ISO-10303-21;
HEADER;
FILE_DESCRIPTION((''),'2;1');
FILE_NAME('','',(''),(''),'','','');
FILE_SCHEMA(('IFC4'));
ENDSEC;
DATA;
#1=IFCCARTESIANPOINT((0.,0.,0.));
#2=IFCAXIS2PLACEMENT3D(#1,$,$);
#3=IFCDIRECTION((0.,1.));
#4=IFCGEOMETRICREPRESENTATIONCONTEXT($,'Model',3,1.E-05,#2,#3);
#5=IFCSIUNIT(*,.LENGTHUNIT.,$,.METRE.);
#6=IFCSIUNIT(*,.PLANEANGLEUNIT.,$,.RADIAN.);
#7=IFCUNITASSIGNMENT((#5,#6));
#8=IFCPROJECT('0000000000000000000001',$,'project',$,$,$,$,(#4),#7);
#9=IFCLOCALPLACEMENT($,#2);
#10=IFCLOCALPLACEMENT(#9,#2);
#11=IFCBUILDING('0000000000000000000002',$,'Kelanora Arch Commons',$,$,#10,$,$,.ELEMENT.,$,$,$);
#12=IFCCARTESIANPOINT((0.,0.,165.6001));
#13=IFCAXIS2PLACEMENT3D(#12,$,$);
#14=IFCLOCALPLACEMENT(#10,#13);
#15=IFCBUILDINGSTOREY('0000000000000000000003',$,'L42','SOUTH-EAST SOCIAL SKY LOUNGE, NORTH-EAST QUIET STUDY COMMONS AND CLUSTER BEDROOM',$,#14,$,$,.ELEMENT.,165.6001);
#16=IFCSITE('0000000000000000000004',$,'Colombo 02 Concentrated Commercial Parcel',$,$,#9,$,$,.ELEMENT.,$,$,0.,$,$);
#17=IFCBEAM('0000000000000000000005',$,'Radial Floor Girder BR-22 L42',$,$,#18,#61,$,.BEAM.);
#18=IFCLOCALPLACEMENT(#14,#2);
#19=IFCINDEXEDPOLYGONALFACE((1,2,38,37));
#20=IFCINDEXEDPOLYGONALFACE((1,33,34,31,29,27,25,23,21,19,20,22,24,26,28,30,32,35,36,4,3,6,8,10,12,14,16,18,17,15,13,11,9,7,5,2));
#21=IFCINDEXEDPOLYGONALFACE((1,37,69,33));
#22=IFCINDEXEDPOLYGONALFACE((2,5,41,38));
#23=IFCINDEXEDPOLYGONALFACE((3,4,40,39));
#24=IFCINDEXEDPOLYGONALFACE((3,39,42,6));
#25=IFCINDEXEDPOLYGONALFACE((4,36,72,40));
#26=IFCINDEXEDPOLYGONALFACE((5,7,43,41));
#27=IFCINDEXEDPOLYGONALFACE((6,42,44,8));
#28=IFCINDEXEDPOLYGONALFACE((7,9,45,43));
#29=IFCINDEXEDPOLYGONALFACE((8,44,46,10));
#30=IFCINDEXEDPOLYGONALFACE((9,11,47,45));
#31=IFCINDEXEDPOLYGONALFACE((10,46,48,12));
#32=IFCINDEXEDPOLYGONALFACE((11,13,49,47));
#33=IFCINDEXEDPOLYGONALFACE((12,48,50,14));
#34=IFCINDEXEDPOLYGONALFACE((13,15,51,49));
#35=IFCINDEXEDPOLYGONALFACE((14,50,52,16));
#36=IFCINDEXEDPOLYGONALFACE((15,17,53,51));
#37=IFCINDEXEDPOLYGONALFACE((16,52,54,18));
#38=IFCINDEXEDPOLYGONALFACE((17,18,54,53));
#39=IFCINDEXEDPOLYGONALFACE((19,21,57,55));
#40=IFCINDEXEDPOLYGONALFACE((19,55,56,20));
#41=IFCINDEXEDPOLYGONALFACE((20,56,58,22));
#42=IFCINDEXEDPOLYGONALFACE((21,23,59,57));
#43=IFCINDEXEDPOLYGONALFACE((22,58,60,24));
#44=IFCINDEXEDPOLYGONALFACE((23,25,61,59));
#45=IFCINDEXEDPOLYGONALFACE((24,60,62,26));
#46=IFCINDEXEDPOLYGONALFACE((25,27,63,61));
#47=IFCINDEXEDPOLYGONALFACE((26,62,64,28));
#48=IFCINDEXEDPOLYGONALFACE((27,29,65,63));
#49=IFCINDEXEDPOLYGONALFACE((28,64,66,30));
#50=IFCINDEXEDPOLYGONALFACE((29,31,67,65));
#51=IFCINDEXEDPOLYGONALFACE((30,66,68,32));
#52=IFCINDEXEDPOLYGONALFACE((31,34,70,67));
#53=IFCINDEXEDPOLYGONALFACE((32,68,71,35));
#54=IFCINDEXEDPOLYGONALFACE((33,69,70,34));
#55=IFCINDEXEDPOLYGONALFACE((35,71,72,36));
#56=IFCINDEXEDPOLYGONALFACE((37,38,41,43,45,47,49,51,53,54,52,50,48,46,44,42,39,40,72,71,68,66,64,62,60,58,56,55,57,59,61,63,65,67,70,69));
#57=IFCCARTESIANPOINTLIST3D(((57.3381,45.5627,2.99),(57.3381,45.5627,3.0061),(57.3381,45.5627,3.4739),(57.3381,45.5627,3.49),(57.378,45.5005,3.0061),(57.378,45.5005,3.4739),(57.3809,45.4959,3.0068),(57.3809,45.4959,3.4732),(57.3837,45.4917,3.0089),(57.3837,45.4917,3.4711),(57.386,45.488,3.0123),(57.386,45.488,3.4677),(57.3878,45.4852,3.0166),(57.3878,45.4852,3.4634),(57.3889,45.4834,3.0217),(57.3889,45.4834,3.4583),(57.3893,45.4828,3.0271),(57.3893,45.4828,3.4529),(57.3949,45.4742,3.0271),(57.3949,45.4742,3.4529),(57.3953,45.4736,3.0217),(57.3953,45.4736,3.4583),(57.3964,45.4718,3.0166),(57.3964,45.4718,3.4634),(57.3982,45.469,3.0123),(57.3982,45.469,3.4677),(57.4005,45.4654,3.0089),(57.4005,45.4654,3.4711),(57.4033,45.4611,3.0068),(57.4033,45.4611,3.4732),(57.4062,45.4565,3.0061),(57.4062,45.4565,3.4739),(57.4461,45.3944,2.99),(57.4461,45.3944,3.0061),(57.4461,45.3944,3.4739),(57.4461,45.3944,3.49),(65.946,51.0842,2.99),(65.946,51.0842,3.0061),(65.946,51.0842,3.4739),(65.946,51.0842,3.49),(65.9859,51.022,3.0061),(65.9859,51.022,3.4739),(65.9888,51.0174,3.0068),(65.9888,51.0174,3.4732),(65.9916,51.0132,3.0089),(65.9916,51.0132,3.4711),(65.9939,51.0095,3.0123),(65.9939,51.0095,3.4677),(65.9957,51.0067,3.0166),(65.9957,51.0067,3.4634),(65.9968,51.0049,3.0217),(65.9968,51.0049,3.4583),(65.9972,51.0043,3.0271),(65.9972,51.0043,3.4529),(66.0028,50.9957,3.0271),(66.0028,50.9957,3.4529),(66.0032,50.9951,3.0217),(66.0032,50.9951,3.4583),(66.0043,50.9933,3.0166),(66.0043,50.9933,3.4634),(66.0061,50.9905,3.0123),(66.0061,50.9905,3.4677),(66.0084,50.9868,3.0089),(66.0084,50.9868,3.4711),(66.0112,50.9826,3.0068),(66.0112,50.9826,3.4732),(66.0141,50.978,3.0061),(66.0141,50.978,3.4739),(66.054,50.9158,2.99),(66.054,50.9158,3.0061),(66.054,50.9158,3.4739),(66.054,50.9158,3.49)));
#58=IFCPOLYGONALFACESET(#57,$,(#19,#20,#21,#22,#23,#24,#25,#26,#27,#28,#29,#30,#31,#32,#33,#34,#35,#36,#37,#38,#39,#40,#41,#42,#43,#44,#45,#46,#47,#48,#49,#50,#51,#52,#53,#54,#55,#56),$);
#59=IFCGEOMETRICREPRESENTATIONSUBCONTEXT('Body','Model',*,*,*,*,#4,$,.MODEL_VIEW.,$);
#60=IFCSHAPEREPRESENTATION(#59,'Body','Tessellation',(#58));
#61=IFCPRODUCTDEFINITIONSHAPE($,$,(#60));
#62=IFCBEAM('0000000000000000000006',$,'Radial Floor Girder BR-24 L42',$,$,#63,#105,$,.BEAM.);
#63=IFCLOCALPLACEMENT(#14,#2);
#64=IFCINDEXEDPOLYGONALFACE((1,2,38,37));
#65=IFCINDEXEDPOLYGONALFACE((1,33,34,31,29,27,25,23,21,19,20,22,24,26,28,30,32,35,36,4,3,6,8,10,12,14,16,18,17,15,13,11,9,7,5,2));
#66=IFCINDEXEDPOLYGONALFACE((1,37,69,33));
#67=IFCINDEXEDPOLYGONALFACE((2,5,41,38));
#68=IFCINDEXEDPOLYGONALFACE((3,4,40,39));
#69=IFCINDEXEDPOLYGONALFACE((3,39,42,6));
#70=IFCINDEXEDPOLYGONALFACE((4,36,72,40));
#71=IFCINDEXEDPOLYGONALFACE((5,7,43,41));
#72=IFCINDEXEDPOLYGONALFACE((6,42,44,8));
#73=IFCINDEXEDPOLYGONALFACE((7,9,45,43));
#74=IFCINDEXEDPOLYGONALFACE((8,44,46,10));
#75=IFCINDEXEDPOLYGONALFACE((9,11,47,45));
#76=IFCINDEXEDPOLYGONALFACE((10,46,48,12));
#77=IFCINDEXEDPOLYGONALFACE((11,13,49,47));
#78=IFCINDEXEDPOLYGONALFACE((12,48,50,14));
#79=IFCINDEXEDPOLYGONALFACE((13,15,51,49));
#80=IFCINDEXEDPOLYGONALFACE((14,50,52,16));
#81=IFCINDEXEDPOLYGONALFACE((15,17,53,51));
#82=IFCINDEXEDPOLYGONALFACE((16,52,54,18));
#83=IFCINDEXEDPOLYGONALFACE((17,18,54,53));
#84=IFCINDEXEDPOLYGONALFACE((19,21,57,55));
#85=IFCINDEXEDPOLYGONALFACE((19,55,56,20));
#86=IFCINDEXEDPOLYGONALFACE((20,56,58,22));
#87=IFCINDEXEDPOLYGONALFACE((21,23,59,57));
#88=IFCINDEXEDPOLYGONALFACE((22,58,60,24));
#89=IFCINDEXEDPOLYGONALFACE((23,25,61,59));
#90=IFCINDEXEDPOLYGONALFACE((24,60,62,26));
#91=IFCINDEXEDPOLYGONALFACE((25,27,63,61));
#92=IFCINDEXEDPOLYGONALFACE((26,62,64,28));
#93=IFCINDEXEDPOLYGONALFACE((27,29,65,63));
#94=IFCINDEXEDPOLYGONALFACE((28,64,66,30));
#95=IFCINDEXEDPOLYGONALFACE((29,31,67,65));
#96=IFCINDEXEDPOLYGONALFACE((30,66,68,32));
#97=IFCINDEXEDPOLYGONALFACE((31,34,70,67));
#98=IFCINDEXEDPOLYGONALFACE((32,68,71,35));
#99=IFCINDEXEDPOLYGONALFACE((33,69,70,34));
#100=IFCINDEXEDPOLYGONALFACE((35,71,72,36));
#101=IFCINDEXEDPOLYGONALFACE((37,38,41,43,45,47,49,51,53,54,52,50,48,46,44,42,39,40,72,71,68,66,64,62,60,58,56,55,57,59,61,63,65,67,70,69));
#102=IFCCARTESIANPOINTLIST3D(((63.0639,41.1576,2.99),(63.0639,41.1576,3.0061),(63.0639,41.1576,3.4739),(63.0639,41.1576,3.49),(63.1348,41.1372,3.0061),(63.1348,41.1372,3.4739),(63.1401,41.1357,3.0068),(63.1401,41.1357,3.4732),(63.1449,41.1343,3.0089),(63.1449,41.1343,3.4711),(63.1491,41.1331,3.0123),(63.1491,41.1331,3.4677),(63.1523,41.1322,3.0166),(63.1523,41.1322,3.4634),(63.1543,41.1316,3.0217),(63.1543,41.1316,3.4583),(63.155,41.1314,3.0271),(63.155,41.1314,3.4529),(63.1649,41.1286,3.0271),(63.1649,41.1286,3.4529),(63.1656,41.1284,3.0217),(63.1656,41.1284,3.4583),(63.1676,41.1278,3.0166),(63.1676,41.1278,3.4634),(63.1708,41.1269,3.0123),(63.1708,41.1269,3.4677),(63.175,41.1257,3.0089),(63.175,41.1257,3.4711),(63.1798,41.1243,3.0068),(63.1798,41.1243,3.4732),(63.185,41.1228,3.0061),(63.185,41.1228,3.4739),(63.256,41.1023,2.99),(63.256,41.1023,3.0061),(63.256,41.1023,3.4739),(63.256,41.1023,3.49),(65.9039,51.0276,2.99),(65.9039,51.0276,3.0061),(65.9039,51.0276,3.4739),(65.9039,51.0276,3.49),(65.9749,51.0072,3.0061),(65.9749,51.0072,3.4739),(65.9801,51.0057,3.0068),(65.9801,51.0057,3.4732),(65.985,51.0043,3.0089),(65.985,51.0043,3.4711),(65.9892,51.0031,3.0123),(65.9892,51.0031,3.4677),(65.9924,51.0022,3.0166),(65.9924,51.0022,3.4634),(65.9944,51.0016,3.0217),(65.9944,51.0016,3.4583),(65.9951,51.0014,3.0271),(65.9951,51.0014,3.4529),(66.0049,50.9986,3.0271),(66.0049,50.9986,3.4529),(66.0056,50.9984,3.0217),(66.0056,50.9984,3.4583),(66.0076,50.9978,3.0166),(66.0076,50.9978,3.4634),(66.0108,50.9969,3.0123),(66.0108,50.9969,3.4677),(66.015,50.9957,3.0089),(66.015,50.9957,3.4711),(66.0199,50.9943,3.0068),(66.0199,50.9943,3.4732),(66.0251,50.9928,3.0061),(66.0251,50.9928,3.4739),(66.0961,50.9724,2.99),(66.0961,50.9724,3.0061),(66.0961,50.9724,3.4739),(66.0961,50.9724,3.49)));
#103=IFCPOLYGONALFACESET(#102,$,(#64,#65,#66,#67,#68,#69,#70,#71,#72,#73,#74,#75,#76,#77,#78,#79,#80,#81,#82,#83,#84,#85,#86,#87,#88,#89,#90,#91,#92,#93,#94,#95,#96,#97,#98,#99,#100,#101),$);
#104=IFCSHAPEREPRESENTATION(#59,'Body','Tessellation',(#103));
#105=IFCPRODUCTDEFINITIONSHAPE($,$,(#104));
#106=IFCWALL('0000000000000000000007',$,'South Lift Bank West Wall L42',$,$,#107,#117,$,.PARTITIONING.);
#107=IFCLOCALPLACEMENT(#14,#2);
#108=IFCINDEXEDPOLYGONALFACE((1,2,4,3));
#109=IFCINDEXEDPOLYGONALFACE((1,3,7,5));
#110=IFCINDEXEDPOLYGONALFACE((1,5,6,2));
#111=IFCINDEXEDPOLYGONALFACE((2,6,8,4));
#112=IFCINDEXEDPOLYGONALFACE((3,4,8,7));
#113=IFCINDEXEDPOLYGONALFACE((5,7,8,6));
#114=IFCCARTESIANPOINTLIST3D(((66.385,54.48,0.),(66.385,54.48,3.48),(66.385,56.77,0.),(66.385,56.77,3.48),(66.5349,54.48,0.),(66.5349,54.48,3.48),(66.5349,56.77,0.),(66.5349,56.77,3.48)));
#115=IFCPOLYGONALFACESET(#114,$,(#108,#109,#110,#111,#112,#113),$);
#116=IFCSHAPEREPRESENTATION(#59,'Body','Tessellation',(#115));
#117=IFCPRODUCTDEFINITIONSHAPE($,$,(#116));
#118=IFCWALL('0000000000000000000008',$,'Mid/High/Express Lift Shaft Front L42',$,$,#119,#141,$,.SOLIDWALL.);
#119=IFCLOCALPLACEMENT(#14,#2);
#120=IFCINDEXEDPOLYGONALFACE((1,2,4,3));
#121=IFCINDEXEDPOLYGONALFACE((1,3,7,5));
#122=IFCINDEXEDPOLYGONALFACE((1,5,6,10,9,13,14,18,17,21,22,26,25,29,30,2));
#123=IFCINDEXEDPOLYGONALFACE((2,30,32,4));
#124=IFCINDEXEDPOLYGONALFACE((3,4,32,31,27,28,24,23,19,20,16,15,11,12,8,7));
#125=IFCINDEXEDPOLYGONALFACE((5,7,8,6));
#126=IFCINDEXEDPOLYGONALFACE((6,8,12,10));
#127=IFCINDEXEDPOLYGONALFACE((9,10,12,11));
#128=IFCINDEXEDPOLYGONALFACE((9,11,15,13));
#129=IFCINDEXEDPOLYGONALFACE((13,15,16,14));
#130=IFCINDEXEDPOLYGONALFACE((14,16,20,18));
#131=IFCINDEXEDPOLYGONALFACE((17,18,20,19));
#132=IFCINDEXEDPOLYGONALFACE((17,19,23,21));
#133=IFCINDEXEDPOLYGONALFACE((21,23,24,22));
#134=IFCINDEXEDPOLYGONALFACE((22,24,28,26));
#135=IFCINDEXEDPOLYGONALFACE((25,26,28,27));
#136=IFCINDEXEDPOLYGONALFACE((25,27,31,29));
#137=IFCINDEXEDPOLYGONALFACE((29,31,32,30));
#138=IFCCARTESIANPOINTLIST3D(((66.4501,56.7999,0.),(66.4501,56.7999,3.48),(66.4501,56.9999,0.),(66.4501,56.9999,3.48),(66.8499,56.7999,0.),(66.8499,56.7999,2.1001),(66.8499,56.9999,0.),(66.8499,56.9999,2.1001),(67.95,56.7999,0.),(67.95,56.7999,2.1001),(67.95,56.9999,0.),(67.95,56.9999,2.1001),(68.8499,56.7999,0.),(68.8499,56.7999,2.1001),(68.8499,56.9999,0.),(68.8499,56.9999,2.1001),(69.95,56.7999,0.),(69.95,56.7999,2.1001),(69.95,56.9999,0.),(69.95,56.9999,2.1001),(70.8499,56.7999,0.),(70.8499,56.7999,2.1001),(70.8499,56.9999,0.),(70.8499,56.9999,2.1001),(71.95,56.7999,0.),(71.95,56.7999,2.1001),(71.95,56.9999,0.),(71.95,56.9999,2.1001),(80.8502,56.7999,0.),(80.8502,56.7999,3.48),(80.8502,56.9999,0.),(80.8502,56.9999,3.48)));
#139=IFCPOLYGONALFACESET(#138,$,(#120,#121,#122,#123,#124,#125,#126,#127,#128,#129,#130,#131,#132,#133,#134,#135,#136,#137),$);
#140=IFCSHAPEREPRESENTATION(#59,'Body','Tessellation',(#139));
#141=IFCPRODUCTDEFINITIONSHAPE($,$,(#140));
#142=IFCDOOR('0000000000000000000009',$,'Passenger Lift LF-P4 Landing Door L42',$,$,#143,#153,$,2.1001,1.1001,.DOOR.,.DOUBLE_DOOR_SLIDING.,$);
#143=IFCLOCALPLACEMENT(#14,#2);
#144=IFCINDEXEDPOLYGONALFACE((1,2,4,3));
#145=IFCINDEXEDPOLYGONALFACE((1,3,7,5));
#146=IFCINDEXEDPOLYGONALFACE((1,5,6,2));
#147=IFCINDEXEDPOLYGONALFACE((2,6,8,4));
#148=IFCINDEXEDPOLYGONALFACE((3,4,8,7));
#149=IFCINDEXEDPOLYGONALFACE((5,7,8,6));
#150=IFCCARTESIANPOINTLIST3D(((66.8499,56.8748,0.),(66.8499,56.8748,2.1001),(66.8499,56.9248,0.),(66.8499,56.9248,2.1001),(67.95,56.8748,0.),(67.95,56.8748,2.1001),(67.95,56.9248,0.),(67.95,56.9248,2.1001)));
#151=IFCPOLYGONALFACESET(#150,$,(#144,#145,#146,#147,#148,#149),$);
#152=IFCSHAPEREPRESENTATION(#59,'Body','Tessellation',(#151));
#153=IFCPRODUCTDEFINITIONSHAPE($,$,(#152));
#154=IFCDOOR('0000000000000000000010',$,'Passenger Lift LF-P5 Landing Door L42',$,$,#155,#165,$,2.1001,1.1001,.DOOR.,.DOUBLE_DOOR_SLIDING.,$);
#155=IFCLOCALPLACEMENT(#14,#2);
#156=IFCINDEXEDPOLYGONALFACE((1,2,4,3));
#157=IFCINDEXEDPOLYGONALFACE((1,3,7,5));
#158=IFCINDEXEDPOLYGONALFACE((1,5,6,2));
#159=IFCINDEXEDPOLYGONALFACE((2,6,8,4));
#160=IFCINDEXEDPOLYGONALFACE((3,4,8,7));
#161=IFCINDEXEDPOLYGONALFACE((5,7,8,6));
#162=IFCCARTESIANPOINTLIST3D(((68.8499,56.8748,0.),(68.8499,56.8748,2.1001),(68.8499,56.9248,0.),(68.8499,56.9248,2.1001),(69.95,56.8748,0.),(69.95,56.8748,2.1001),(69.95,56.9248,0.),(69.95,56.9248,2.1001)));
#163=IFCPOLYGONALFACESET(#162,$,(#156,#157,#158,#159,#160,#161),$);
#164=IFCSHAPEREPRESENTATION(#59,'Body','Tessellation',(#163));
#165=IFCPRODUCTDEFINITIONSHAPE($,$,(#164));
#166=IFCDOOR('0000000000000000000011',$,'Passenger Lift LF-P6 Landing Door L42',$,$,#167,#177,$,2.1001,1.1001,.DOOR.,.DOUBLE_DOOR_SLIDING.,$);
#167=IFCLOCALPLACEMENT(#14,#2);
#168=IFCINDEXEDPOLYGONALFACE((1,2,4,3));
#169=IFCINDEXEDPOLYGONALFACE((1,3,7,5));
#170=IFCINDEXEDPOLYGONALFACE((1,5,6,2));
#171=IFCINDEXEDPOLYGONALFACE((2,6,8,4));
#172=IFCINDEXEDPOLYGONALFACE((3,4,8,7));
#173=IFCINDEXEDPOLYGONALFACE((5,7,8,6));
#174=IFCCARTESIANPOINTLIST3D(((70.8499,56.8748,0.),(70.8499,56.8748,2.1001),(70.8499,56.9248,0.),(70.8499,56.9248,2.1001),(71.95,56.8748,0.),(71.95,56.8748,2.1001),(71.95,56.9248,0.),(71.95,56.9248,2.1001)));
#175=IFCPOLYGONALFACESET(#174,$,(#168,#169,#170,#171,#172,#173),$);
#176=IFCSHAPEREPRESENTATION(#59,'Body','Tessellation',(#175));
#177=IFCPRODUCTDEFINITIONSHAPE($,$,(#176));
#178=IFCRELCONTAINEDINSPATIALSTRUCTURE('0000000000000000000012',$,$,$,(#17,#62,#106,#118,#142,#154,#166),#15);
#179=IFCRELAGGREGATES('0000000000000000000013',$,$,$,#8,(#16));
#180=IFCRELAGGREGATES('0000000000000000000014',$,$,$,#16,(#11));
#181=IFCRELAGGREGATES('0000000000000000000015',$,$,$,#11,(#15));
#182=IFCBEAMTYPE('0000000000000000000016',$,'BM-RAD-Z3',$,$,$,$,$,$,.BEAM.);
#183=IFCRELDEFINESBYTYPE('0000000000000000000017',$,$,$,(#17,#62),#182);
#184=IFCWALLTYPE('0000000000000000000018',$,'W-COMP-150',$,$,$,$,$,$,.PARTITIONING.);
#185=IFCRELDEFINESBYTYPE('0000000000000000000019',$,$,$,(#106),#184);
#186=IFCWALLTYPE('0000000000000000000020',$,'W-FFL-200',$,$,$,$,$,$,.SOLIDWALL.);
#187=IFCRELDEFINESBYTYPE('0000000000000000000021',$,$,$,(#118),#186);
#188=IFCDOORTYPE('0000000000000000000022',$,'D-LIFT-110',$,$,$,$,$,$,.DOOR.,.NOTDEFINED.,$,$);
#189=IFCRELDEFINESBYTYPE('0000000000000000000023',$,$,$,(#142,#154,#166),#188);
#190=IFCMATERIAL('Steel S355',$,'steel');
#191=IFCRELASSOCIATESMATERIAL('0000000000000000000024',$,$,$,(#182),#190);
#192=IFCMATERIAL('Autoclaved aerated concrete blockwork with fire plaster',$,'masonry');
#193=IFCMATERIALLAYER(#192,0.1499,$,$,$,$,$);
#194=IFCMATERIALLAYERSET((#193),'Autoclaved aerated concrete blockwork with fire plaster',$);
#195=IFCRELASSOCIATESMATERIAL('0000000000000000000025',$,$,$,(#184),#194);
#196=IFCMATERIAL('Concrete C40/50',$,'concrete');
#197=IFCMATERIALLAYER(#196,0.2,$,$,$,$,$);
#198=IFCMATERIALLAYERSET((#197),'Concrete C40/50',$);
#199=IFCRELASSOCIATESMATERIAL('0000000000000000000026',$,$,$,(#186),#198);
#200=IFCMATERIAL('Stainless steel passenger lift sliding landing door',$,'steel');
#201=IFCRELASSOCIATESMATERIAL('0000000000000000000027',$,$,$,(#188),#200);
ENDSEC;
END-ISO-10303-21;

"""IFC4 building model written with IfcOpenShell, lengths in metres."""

from ifc_helpers import new_model, si_unit, direction, frame, frame_2d, origin, origin_2d, place, context, subcontext, project, spatial, rectangle, i_section, extrude, material, layer, layer_set, material_profile, profile_set, type_object, element, fill, save


model = new_model("IFC4")

# Units and contexts
model_context = context("Model", 3, precision=1e-05, world=origin(), true_north=direction((0.0, 1.0)))
body_context = subcontext(model_context, "Body", "Model", "MODEL_VIEW")
ifc_project = project(units=[si_unit("LENGTHUNIT", "METRE"), si_unit("PLANEANGLEUNIT", "RADIAN")], contexts=[model_context])

# Site, building, storey
site_placement = place(None, origin())
site = spatial("IfcSite", under=ifc_project, at=site_placement, Name="Colombo 02 Concentrated Commercial Parcel", CompositionType="ELEMENT", RefElevation=0.0)
building_placement = place(site_placement, origin())
building = spatial("IfcBuilding", under=site, at=building_placement, Name="Kelanora Arch Commons", CompositionType="ELEMENT")
storey_placement = place(building_placement, frame((0.0, 0.0, 165.6001)))
storey = spatial("IfcBuildingStorey", under=building, at=storey_placement, Name="L42", Description="SOUTH-EAST SOCIAL SKY LOUNGE, NORTH-EAST QUIET STUDY COMMONS AND CLUSTER BEDROOM", CompositionType="ELEMENT", Elevation=165.6001)

# Beams
ifc_material_1 = material(Name="Steel S355", Category="steel")
ifc_material_profile_1 = material_profile(ifc_material_1, i_section(OverallWidth=0.2, OverallDepth=0.5, WebThickness=0.0103, FlangeThickness=0.0161, FilletRadius=0.021, at=origin_2d()), Name="IPE500")
ifc_profile_set_1 = profile_set([ifc_material_profile_1], Name="Steel S355")
beam_type_1 = type_object("IfcBeamType", Name="BM-RAD-Z3", PredefinedType="BEAM", material=ifc_profile_set_1)
beam_1_placement = place(storey_placement, frame((66.0, 51.0, 3.24), z_axis=(-0.841719, -0.539915, 0.0), x_axis=(0.539915, -0.841719, 0.0)))
element("IfcBeam", 1, at=beam_1_placement, inside=storey, type_object=beam_type_1, Name="Radial Floor Girder BR-22 L42", PredefinedType="BEAM", context=body_context, shape_type="SweptSolid", body=[
    extrude(i_section(OverallWidth=0.2, OverallDepth=0.5, WebThickness=0.0103, FlangeThickness=0.0161, FilletRadius=0.021, at=origin_2d()), origin(), (0.0, 0.0, 1.0), 10.2266),
])
beam_2_placement = place(storey_placement, frame((66.0, 51.0, 3.24), z_axis=(-0.276526, -0.961006, 0.0), x_axis=(0.961006, -0.276526, 0.0)))
element("IfcBeam", 2, at=beam_2_placement, inside=storey, type_object=beam_type_1, Name="Radial Floor Girder BR-24 L42", PredefinedType="BEAM", context=body_context, shape_type="SweptSolid", body=[
    extrude(i_section(OverallWidth=0.2, OverallDepth=0.5, WebThickness=0.0103, FlangeThickness=0.0161, FilletRadius=0.021, at=origin_2d()), origin(), (0.0, 0.0, 1.0), 10.2705),
])

# Wall
ifc_material_2 = material(Name="Autoclaved aerated concrete blockwork with fire plaster", Category="masonry")
ifc_layer_1 = layer(ifc_material_2, 0.1499)
ifc_layer_set_1 = layer_set([ifc_layer_1], Name="Autoclaved aerated concrete blockwork with fire plaster")
wall_type_1 = type_object("IfcWallType", Name="W-COMP-150", PredefinedType="PARTITIONING", material=ifc_layer_set_1)
wall_1_placement = place(storey_placement, frame((66.46, 54.48, 0.0), z_axis=(0.0, 0.0, 1.0), x_axis=(0.0, 1.0, 0.0)))
element("IfcWall", 3, at=wall_1_placement, inside=storey, type_object=wall_type_1, Name="South Lift Bank West Wall L42", PredefinedType="PARTITIONING", context=body_context, shape_type="SweptSolid", body=[
    extrude(rectangle(XDim=2.29, YDim=0.1499, at=frame_2d((1.145, 0.0))), origin(), (0.0, 0.0, 1.0), 3.48),
])

# Wall, openings, doors
ifc_material_3 = material(Name="Concrete C40/50", Category="concrete")
ifc_layer_2 = layer(ifc_material_3, 0.2)
ifc_layer_set_2 = layer_set([ifc_layer_2], Name="Concrete C40/50")
wall_type_2 = type_object("IfcWallType", Name="W-FFL-200", PredefinedType="SOLIDWALL", material=ifc_layer_set_2)
wall_2_placement = place(storey_placement, frame((66.45, 56.8999, 0.0), z_axis=(0.0, 0.0, 1.0), x_axis=(1.0, 0.0, 0.0)))
wall_2 = element("IfcWall", 4, at=wall_2_placement, inside=storey, type_object=wall_type_2, Name="Mid/High/Express Lift Shaft Front L42", PredefinedType="SOLIDWALL", context=body_context, shape_type="SweptSolid", body=[
    extrude(rectangle(XDim=14.4001, YDim=0.2, at=frame_2d((7.2002, 0.0))), origin(), (0.0, 0.0, 1.0), 3.48),
])
opening_1_placement = place(wall_2_placement, frame((0.3999, 0.0, 0.0)))
opening_1 = element("IfcOpeningElement", 5, at=opening_1_placement, cuts=wall_2, PredefinedType="OPENING", context=body_context, shape_type="SweptSolid", body=[
    extrude(rectangle(XDim=1.1001, YDim=2.1001, at=frame_2d((0.55, 1.05))), frame((0.0, 0.1099, 0.0), z_axis=(0.0, -1.0, 0.0), x_axis=(1.0, 0.0, 0.0)), (0.0, 0.0, 1.0), 0.22),
])
opening_2_placement = place(wall_2_placement, frame((2.3999, 0.0, 0.0)))
opening_2 = element("IfcOpeningElement", 6, at=opening_2_placement, cuts=wall_2, PredefinedType="OPENING", context=body_context, shape_type="SweptSolid", body=[
    extrude(rectangle(XDim=1.1001, YDim=2.1001, at=frame_2d((0.55, 1.05))), frame((0.0, 0.1099, 0.0), z_axis=(0.0, -1.0, 0.0), x_axis=(1.0, 0.0, 0.0)), (0.0, 0.0, 1.0), 0.22),
])
opening_3_placement = place(wall_2_placement, frame((4.3999, 0.0, 0.0)))
opening_3 = element("IfcOpeningElement", 7, at=opening_3_placement, cuts=wall_2, PredefinedType="OPENING", context=body_context, shape_type="SweptSolid", body=[
    extrude(rectangle(XDim=1.1001, YDim=2.1001, at=frame_2d((0.55, 1.05))), frame((0.0, 0.1099, 0.0), z_axis=(0.0, -1.0, 0.0), x_axis=(1.0, 0.0, 0.0)), (0.0, 0.0, 1.0), 0.22),
])
ifc_material_4 = material(Name="Stainless steel passenger lift sliding landing door", Category="steel")
door_type_1 = type_object("IfcDoorType", Name="D-LIFT-110", OperationType="NOTDEFINED", PredefinedType="DOOR", material=ifc_material_4)
door_1_placement = place(opening_1_placement, origin())
door_1 = element("IfcDoor", 8, at=door_1_placement, inside=storey, type_object=door_type_1, Name="Passenger Lift LF-P4 Landing Door L42", OperationType="DOUBLE_DOOR_SLIDING", OverallHeight=2.1001, OverallWidth=1.1001, PredefinedType="DOOR", context=body_context, shape_type="SweptSolid", body=[
    extrude(rectangle(XDim=1.1001, YDim=2.1001, at=frame_2d((0.55, 1.05))), frame((0.0, 0.0249, 0.0), z_axis=(0.0, -1.0, 0.0), x_axis=(1.0, 0.0, 0.0)), (0.0, 0.0, 1.0), 0.05),
])
fill(opening_1, door_1)
door_2_placement = place(opening_2_placement, origin())
door_2 = element("IfcDoor", 9, at=door_2_placement, inside=storey, type_object=door_type_1, Name="Passenger Lift LF-P5 Landing Door L42", OperationType="DOUBLE_DOOR_SLIDING", OverallHeight=2.1001, OverallWidth=1.1001, PredefinedType="DOOR", context=body_context, shape_type="SweptSolid", body=[
    extrude(rectangle(XDim=1.1001, YDim=2.1001, at=frame_2d((0.55, 1.05))), frame((0.0, 0.0249, 0.0), z_axis=(0.0, -1.0, 0.0), x_axis=(1.0, 0.0, 0.0)), (0.0, 0.0, 1.0), 0.05),
])
fill(opening_2, door_2)
door_3_placement = place(opening_3_placement, origin())
door_3 = element("IfcDoor", 10, at=door_3_placement, inside=storey, type_object=door_type_1, Name="Passenger Lift LF-P6 Landing Door L42", OperationType="DOUBLE_DOOR_SLIDING", OverallHeight=2.1001, OverallWidth=1.1001, PredefinedType="DOOR", context=body_context, shape_type="SweptSolid", body=[
    extrude(rectangle(XDim=1.1001, YDim=2.1001, at=frame_2d((0.55, 1.05))), frame((0.0, 0.0249, 0.0), z_axis=(0.0, -1.0, 0.0), x_axis=(1.0, 0.0, 0.0)), (0.0, 0.0, 1.0), 0.05),
])
fill(opening_3, door_3)

save(model, "model.ifc")
